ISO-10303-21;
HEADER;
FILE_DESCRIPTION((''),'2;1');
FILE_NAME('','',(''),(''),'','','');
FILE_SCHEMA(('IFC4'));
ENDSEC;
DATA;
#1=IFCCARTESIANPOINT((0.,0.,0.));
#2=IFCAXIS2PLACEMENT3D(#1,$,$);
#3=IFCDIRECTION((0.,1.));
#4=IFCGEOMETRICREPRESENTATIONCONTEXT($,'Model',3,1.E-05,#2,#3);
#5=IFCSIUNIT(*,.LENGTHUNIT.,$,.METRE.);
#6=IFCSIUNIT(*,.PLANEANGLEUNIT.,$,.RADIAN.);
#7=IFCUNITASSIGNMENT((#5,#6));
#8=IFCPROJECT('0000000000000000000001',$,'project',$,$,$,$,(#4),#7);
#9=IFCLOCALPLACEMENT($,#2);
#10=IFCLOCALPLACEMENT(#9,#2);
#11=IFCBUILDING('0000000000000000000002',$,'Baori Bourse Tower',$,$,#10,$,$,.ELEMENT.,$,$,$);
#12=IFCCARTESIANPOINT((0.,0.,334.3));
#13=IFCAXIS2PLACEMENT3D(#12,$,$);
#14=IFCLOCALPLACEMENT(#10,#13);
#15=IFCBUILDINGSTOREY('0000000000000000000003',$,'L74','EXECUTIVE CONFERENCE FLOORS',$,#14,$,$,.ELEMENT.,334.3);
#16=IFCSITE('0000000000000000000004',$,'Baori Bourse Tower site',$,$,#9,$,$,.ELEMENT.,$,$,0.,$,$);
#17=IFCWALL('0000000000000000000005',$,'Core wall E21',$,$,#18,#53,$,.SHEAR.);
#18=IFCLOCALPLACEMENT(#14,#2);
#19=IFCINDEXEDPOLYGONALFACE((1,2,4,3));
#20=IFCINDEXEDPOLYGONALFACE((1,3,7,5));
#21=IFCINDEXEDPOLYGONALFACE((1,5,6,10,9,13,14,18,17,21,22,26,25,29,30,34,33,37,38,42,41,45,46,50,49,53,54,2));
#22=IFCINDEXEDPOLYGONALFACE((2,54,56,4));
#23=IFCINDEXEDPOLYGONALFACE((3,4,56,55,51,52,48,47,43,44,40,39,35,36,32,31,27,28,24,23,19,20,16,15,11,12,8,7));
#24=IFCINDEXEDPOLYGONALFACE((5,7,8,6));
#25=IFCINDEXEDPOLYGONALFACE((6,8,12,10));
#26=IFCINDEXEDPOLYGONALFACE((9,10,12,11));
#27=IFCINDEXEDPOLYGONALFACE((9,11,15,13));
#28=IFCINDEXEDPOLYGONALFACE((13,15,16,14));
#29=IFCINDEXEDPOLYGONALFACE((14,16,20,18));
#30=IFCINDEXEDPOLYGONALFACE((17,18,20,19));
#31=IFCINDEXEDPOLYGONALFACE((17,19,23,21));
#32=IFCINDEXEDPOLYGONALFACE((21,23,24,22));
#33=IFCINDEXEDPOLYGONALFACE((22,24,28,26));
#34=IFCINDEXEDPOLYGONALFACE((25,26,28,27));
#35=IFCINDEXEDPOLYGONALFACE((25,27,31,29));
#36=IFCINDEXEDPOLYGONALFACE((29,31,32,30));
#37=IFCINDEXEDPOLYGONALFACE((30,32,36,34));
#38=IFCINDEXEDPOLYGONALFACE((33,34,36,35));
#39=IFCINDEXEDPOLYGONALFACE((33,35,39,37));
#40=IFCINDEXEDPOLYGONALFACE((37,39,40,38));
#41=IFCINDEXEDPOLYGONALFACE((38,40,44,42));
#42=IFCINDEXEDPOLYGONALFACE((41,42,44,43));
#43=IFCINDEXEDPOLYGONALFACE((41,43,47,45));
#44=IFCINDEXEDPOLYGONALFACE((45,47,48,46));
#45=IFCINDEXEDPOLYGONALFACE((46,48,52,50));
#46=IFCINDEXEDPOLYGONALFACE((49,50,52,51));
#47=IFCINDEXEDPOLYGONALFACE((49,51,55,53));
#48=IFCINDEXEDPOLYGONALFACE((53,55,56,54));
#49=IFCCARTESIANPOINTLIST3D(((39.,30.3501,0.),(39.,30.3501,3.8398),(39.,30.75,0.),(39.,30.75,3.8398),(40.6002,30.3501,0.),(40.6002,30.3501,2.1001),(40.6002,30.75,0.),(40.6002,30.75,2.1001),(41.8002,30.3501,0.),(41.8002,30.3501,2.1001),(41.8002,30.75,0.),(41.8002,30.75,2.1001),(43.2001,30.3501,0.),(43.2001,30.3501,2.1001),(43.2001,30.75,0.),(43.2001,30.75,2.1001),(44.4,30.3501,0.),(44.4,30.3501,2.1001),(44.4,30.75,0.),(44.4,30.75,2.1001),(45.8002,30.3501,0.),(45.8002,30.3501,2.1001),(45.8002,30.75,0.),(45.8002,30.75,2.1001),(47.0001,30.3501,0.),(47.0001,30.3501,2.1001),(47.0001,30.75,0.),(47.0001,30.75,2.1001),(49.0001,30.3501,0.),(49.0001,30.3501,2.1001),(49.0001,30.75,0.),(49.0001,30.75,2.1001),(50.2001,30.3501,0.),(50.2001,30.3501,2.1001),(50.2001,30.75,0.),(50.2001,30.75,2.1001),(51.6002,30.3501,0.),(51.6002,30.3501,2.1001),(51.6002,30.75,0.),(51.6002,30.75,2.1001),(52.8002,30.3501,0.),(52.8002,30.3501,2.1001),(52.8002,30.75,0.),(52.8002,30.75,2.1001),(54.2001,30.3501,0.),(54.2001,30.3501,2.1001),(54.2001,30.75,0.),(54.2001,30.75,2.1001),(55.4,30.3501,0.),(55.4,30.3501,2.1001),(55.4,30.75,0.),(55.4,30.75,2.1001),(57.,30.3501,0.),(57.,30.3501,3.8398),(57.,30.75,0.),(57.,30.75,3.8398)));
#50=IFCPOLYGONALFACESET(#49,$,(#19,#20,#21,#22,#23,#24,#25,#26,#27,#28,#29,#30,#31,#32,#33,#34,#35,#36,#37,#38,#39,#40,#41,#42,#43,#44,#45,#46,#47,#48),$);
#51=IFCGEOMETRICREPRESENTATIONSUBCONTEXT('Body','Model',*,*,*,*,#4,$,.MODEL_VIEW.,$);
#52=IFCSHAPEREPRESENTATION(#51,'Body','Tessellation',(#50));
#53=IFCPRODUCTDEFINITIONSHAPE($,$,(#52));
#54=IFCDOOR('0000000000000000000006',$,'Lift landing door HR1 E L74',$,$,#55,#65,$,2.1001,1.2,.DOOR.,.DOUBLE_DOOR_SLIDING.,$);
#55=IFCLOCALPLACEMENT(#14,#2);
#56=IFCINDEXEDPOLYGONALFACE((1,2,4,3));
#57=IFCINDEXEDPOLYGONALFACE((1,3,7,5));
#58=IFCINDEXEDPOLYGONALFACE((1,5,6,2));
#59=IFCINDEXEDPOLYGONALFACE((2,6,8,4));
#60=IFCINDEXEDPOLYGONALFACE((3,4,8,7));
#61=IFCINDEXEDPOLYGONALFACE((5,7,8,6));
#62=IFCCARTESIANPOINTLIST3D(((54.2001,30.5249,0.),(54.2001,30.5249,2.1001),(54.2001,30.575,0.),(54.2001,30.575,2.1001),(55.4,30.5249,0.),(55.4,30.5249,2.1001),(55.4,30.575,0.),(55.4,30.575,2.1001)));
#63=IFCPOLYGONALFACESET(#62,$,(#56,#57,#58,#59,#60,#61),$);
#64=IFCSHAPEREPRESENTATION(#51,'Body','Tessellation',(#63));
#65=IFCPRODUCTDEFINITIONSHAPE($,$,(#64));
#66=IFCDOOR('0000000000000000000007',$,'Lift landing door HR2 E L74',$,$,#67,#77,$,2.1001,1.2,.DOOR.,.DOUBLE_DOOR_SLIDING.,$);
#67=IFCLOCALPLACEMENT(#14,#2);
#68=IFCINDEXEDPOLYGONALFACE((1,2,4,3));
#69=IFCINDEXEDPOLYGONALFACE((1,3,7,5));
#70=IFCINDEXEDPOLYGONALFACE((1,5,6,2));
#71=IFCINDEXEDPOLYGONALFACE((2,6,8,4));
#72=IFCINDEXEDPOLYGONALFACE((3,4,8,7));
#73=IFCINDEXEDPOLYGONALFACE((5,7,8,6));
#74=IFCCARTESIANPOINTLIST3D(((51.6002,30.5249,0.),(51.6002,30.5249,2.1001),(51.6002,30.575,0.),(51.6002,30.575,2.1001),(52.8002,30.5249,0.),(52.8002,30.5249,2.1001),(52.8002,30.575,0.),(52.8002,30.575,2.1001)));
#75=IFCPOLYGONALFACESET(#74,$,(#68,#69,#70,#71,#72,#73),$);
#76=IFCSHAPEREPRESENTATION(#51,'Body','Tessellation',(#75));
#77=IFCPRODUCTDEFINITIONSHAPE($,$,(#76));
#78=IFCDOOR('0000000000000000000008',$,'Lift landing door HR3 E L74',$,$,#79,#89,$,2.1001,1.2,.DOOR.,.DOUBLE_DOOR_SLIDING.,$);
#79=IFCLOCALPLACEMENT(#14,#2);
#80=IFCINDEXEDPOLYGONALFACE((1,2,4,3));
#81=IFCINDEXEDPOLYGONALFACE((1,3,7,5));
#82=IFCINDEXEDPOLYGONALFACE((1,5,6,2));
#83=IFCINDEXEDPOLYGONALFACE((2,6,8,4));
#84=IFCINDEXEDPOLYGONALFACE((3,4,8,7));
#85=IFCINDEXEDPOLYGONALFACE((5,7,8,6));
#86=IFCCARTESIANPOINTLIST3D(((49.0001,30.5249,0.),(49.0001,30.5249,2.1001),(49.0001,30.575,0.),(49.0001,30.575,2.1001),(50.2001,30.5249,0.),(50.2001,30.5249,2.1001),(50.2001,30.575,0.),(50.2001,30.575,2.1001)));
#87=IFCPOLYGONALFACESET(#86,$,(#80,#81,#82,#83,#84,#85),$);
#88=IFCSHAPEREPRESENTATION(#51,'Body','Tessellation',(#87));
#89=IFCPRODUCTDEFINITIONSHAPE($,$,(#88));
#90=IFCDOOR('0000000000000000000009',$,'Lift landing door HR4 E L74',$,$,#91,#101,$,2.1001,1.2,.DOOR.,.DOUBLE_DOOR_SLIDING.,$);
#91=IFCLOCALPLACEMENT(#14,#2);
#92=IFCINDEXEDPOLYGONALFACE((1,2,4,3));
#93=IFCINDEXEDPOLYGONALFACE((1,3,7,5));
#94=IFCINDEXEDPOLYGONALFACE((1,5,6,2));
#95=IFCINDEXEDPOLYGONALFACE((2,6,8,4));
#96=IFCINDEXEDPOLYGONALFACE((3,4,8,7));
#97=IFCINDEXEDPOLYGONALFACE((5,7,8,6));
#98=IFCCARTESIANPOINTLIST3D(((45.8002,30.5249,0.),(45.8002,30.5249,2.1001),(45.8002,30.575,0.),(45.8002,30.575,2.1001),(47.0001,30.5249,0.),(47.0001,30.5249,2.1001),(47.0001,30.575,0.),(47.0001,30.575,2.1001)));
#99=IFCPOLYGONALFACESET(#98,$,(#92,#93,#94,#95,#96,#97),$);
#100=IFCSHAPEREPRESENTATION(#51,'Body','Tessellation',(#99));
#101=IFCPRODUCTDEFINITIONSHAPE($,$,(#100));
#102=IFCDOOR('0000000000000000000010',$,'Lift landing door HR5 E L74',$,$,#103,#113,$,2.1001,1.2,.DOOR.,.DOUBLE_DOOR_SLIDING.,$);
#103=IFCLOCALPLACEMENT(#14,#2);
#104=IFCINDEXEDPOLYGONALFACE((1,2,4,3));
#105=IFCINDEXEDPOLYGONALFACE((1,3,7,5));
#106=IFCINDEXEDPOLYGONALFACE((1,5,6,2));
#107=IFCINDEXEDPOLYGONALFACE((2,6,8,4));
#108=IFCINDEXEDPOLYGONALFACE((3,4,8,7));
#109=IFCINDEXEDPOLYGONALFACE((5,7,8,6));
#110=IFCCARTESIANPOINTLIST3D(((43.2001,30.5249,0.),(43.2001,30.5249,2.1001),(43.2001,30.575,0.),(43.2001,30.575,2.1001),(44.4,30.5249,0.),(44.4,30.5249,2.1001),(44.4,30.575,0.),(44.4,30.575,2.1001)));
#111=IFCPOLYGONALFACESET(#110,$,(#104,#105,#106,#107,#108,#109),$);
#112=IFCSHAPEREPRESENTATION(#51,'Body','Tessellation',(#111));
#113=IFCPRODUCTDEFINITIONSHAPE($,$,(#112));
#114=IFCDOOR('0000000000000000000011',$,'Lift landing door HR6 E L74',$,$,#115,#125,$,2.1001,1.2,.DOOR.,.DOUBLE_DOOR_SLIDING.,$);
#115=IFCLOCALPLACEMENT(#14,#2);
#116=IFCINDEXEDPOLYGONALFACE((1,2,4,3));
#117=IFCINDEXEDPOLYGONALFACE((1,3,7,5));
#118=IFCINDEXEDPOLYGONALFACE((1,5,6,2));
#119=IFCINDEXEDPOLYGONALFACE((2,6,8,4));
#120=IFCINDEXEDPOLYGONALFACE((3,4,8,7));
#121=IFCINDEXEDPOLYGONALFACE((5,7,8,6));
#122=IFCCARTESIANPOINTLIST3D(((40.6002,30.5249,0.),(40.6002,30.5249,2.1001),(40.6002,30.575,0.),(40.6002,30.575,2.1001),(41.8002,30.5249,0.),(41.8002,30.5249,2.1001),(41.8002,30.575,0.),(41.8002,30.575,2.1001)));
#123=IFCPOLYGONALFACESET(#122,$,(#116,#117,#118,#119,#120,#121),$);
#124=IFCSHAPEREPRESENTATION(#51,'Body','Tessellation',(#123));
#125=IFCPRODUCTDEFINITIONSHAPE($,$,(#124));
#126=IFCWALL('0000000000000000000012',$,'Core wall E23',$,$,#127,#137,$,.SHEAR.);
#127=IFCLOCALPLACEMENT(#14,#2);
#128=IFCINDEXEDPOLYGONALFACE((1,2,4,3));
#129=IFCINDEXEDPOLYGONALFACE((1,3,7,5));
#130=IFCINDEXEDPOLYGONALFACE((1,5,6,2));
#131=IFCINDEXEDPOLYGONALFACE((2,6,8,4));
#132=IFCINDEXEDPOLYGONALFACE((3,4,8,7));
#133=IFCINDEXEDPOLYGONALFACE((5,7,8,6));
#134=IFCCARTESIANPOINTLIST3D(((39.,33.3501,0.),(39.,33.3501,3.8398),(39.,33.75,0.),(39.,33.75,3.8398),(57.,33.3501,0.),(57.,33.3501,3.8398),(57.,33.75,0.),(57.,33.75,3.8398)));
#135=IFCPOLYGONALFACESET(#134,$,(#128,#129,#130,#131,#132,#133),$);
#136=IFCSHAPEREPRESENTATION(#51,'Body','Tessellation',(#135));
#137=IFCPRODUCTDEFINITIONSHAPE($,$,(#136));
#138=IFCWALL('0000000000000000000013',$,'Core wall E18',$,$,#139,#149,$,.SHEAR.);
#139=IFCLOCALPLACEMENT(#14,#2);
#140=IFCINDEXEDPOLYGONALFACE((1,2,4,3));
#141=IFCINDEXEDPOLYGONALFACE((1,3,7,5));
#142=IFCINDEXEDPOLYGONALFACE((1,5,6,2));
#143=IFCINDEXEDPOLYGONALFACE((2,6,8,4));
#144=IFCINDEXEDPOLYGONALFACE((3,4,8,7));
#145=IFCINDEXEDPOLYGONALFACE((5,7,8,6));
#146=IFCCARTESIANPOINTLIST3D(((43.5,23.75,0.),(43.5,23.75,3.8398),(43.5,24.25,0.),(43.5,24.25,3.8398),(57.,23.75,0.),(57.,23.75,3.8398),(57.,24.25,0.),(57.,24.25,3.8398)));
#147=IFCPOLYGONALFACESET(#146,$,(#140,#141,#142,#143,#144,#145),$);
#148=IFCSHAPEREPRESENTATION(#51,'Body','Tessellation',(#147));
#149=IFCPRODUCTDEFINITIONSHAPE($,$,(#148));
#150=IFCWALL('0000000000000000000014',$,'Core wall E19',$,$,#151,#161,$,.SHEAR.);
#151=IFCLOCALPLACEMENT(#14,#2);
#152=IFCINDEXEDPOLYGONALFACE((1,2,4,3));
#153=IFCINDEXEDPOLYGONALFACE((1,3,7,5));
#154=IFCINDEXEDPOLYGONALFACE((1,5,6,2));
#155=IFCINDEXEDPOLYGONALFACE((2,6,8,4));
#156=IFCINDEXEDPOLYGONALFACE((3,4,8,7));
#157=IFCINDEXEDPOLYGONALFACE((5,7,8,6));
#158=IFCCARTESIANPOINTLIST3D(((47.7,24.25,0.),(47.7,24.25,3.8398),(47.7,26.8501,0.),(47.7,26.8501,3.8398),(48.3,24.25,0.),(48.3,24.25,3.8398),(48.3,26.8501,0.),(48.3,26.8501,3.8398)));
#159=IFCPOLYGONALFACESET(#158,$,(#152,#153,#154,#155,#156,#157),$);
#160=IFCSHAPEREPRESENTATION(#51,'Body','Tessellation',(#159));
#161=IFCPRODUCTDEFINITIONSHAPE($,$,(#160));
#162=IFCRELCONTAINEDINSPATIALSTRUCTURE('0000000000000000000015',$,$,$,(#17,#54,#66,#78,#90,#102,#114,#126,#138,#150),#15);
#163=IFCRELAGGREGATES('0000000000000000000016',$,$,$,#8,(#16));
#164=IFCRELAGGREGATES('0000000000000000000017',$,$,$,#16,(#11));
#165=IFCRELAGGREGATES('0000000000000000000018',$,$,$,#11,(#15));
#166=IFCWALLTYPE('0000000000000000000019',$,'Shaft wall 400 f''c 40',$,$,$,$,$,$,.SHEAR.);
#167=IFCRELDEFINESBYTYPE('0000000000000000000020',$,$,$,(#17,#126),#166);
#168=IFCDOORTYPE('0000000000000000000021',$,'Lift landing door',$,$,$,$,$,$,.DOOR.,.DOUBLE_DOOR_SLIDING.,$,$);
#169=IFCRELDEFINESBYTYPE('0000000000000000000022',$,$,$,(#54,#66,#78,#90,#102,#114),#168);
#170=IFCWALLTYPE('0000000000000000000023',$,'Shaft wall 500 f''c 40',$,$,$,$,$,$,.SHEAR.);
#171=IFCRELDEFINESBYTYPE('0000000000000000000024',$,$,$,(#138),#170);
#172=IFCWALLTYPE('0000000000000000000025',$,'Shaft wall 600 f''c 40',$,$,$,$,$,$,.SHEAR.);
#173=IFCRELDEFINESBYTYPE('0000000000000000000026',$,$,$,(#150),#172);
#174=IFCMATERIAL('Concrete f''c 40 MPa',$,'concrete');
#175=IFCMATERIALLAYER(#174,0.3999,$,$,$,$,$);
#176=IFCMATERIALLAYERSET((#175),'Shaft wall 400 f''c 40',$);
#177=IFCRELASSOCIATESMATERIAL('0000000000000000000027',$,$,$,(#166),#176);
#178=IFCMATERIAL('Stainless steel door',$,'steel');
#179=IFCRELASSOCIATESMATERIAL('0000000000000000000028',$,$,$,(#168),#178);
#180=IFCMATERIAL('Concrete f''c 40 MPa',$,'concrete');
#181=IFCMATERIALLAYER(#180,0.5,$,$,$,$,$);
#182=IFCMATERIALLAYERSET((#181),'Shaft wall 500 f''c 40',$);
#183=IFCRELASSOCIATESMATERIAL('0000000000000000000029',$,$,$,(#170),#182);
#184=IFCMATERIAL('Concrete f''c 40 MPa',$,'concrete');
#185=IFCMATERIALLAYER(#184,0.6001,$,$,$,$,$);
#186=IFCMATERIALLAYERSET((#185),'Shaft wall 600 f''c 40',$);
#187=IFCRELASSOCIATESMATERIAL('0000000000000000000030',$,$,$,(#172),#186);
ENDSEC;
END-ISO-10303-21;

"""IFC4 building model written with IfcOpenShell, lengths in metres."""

from ifc_helpers import new_model, si_unit, direction, frame, frame_2d, origin, place, context, subcontext, project, spatial, rectangle, extrude, material, layer, layer_set, type_object, element, fill, save


model = new_model("IFC4")

# Units and contexts
model_context = context("Model", 3, precision=1e-05, world=origin(), true_north=direction((0.0, 1.0)))
body_context = subcontext(model_context, "Body", "Model", "MODEL_VIEW")
ifc_project = project(units=[si_unit("LENGTHUNIT", "METRE"), si_unit("PLANEANGLEUNIT", "RADIAN")], contexts=[model_context])

# Site, building, storey
site_placement = place(None, origin())
site = spatial("IfcSite", under=ifc_project, at=site_placement, Name="Baori Bourse Tower site", CompositionType="ELEMENT", RefElevation=0.0)
building_placement = place(site_placement, origin())
building = spatial("IfcBuilding", under=site, at=building_placement, Name="Baori Bourse Tower", CompositionType="ELEMENT")
storey_placement = place(building_placement, frame((0.0, 0.0, 334.3)))
storey = spatial("IfcBuildingStorey", under=building, at=storey_placement, Name="L74", Description="EXECUTIVE CONFERENCE FLOORS", CompositionType="ELEMENT", Elevation=334.3)

# Shared definitions
ifc_material_1 = material(Name="Concrete f'c 40 MPa", Category="concrete")
ifc_layer_1 = layer(ifc_material_1, 0.3999)
ifc_layer_set_1 = layer_set([ifc_layer_1], Name="Shaft wall 400 f'c 40")
wall_type_1 = type_object("IfcWallType", Name="Shaft wall 400 f'c 40", PredefinedType="SHEAR", material=ifc_layer_set_1)
ifc_material_2 = material(Name="Stainless steel door", Category="steel")
door_type_1 = type_object("IfcDoorType", Name="Lift landing door", OperationType="DOUBLE_DOOR_SLIDING", PredefinedType="DOOR", material=ifc_material_2)

# Wall, openings, doors
wall_1_placement = place(storey_placement, frame((39.0, 30.55, 0.0), z_axis=(0.0, 0.0, 1.0), x_axis=(1.0, 0.0, 0.0)))
wall_1 = element("IfcWall", 1, at=wall_1_placement, inside=storey, type_object=wall_type_1, Name="Core wall E21", PredefinedType="SHEAR", context=body_context, shape_type="SweptSolid", body=[
    extrude(rectangle(XDim=18.0, YDim=0.3999, at=frame_2d((9.0, 0.0))), origin(), (0.0, 0.0, 1.0), 3.8398),
])
opening_1_placement = place(wall_1_placement, frame((15.2, 0.0, 0.0)))
opening_1 = element("IfcOpeningElement", 2, at=opening_1_placement, cuts=wall_1, PredefinedType="OPENING", context=body_context, shape_type="SweptSolid", body=[
    extrude(rectangle(XDim=1.2, YDim=2.1001, at=frame_2d((0.6001, 1.05))), frame((0.0, 0.21, 0.0), z_axis=(0.0, -1.0, 0.0), x_axis=(1.0, 0.0, 0.0)), (0.0, 0.0, 1.0), 0.4199),
])
opening_2_placement = place(wall_1_placement, frame((12.6001, 0.0, 0.0)))
opening_2 = element("IfcOpeningElement", 3, at=opening_2_placement, cuts=wall_1, PredefinedType="OPENING", context=body_context, shape_type="SweptSolid", body=[
    extrude(rectangle(XDim=1.2, YDim=2.1001, at=frame_2d((0.6001, 1.05))), frame((0.0, 0.21, 0.0), z_axis=(0.0, -1.0, 0.0), x_axis=(1.0, 0.0, 0.0)), (0.0, 0.0, 1.0), 0.4199),
])
opening_3_placement = place(wall_1_placement, frame((10.0, 0.0, 0.0)))
opening_3 = element("IfcOpeningElement", 4, at=opening_3_placement, cuts=wall_1, PredefinedType="OPENING", context=body_context, shape_type="SweptSolid", body=[
    extrude(rectangle(XDim=1.2, YDim=2.1001, at=frame_2d((0.6001, 1.05))), frame((0.0, 0.21, 0.0), z_axis=(0.0, -1.0, 0.0), x_axis=(1.0, 0.0, 0.0)), (0.0, 0.0, 1.0), 0.4199),
])
opening_4_placement = place(wall_1_placement, frame((6.8, 0.0, 0.0)))
opening_4 = element("IfcOpeningElement", 5, at=opening_4_placement, cuts=wall_1, PredefinedType="OPENING", context=body_context, shape_type="SweptSolid", body=[
    extrude(rectangle(XDim=1.2, YDim=2.1001, at=frame_2d((0.6001, 1.05))), frame((0.0, 0.21, 0.0), z_axis=(0.0, -1.0, 0.0), x_axis=(1.0, 0.0, 0.0)), (0.0, 0.0, 1.0), 0.4199),
])
opening_5_placement = place(wall_1_placement, frame((4.2, 0.0, 0.0)))
opening_5 = element("IfcOpeningElement", 6, at=opening_5_placement, cuts=wall_1, PredefinedType="OPENING", context=body_context, shape_type="SweptSolid", body=[
    extrude(rectangle(XDim=1.2, YDim=2.1001, at=frame_2d((0.6001, 1.05))), frame((0.0, 0.21, 0.0), z_axis=(0.0, -1.0, 0.0), x_axis=(1.0, 0.0, 0.0)), (0.0, 0.0, 1.0), 0.4199),
])
opening_6_placement = place(wall_1_placement, frame((1.6001, 0.0, 0.0)))
opening_6 = element("IfcOpeningElement", 7, at=opening_6_placement, cuts=wall_1, PredefinedType="OPENING", context=body_context, shape_type="SweptSolid", body=[
    extrude(rectangle(XDim=1.2, YDim=2.1001, at=frame_2d((0.6001, 1.05))), frame((0.0, 0.21, 0.0), z_axis=(0.0, -1.0, 0.0), x_axis=(1.0, 0.0, 0.0)), (0.0, 0.0, 1.0), 0.4199),
])
door_1_placement = place(opening_1_placement, origin())
door_1 = element("IfcDoor", 8, at=door_1_placement, inside=storey, type_object=door_type_1, Name="Lift landing door HR1 E L74", OperationType="DOUBLE_DOOR_SLIDING", OverallHeight=2.1001, OverallWidth=1.2, PredefinedType="DOOR", context=body_context, shape_type="SweptSolid", body=[
    extrude(rectangle(XDim=1.2, YDim=2.1001, at=frame_2d((0.6001, 1.05))), frame((0.0, 0.0249, 0.0), z_axis=(0.0, -1.0, 0.0), x_axis=(1.0, 0.0, 0.0)), (0.0, 0.0, 1.0), 0.05),
])
fill(opening_1, door_1)
door_2_placement = place(opening_2_placement, origin())
door_2 = element("IfcDoor", 9, at=door_2_placement, inside=storey, type_object=door_type_1, Name="Lift landing door HR2 E L74", OperationType="DOUBLE_DOOR_SLIDING", OverallHeight=2.1001, OverallWidth=1.2, PredefinedType="DOOR", context=body_context, shape_type="SweptSolid", body=[
    extrude(rectangle(XDim=1.2, YDim=2.1001, at=frame_2d((0.6001, 1.05))), frame((0.0, 0.0249, 0.0), z_axis=(0.0, -1.0, 0.0), x_axis=(1.0, 0.0, 0.0)), (0.0, 0.0, 1.0), 0.05),
])
fill(opening_2, door_2)
door_3_placement = place(opening_3_placement, origin())
door_3 = element("IfcDoor", 10, at=door_3_placement, inside=storey, type_object=door_type_1, Name="Lift landing door HR3 E L74", OperationType="DOUBLE_DOOR_SLIDING", OverallHeight=2.1001, OverallWidth=1.2, PredefinedType="DOOR", context=body_context, shape_type="SweptSolid", body=[
    extrude(rectangle(XDim=1.2, YDim=2.1001, at=frame_2d((0.6001, 1.05))), frame((0.0, 0.0249, 0.0), z_axis=(0.0, -1.0, 0.0), x_axis=(1.0, 0.0, 0.0)), (0.0, 0.0, 1.0), 0.05),
])
fill(opening_3, door_3)
door_4_placement = place(opening_4_placement, origin())
door_4 = element("IfcDoor", 11, at=door_4_placement, inside=storey, type_object=door_type_1, Name="Lift landing door HR4 E L74", OperationType="DOUBLE_DOOR_SLIDING", OverallHeight=2.1001, OverallWidth=1.2, PredefinedType="DOOR", context=body_context, shape_type="SweptSolid", body=[
    extrude(rectangle(XDim=1.2, YDim=2.1001, at=frame_2d((0.6001, 1.05))), frame((0.0, 0.0249, 0.0), z_axis=(0.0, -1.0, 0.0), x_axis=(1.0, 0.0, 0.0)), (0.0, 0.0, 1.0), 0.05),
])
fill(opening_4, door_4)
door_5_placement = place(opening_5_placement, origin())
door_5 = element("IfcDoor", 12, at=door_5_placement, inside=storey, type_object=door_type_1, Name="Lift landing door HR5 E L74", OperationType="DOUBLE_DOOR_SLIDING", OverallHeight=2.1001, OverallWidth=1.2, PredefinedType="DOOR", context=body_context, shape_type="SweptSolid", body=[
    extrude(rectangle(XDim=1.2, YDim=2.1001, at=frame_2d((0.6001, 1.05))), frame((0.0, 0.0249, 0.0), z_axis=(0.0, -1.0, 0.0), x_axis=(1.0, 0.0, 0.0)), (0.0, 0.0, 1.0), 0.05),
])
fill(opening_5, door_5)
door_6_placement = place(opening_6_placement, origin())
door_6 = element("IfcDoor", 13, at=door_6_placement, inside=storey, type_object=door_type_1, Name="Lift landing door HR6 E L74", OperationType="DOUBLE_DOOR_SLIDING", OverallHeight=2.1001, OverallWidth=1.2, PredefinedType="DOOR", context=body_context, shape_type="SweptSolid", body=[
    extrude(rectangle(XDim=1.2, YDim=2.1001, at=frame_2d((0.6001, 1.05))), frame((0.0, 0.0249, 0.0), z_axis=(0.0, -1.0, 0.0), x_axis=(1.0, 0.0, 0.0)), (0.0, 0.0, 1.0), 0.05),
])
fill(opening_6, door_6)

# Walls
wall_2_placement = place(storey_placement, frame((39.0, 33.55, 0.0), z_axis=(0.0, 0.0, 1.0), x_axis=(1.0, 0.0, 0.0)))
element("IfcWall", 14, at=wall_2_placement, inside=storey, type_object=wall_type_1, Name="Core wall E23", PredefinedType="SHEAR", context=body_context, shape_type="SweptSolid", body=[
    extrude(rectangle(XDim=18.0, YDim=0.3999, at=frame_2d((9.0, 0.0))), origin(), (0.0, 0.0, 1.0), 3.8398),
])
ifc_material_3 = material(Name="Concrete f'c 40 MPa", Category="concrete")
ifc_layer_2 = layer(ifc_material_3, 0.5)
ifc_layer_set_2 = layer_set([ifc_layer_2], Name="Shaft wall 500 f'c 40")
wall_type_2 = type_object("IfcWallType", Name="Shaft wall 500 f'c 40", PredefinedType="SHEAR", material=ifc_layer_set_2)
wall_3_placement = place(storey_placement, frame((43.5, 24.0, 0.0), z_axis=(0.0, 0.0, 1.0), x_axis=(1.0, 0.0, 0.0)))
element("IfcWall", 15, at=wall_3_placement, inside=storey, type_object=wall_type_2, Name="Core wall E18", PredefinedType="SHEAR", context=body_context, shape_type="SweptSolid", body=[
    extrude(rectangle(XDim=13.5, YDim=0.5, at=frame_2d((6.75, 0.0))), origin(), (0.0, 0.0, 1.0), 3.8398),
])
ifc_material_4 = material(Name="Concrete f'c 40 MPa", Category="concrete")
ifc_layer_3 = layer(ifc_material_4, 0.6001)
ifc_layer_set_3 = layer_set([ifc_layer_3], Name="Shaft wall 600 f'c 40")
wall_type_3 = type_object("IfcWallType", Name="Shaft wall 600 f'c 40", PredefinedType="SHEAR", material=ifc_layer_set_3)
for number, where, z_axis, x_axis, name in (
    (16, (48.0, 24.25, 0.0), (0.0, 0.0, 1.0), (0.0, 1.0, 0.0), "Core wall E19"),
):
    element("IfcWall", number, at=place(storey_placement, frame(where, z_axis=z_axis, x_axis=x_axis)), inside=storey, type_object=wall_type_3, Name=name, PredefinedType="SHEAR", context=body_context, shape_type="SweptSolid", body=[
        extrude(rectangle(XDim=2.6001, YDim=0.6001, at=frame_2d((1.3, 0.0))), origin(), (0.0, 0.0, 1.0), 3.8398),
    ])

save(model, "model.ifc")
